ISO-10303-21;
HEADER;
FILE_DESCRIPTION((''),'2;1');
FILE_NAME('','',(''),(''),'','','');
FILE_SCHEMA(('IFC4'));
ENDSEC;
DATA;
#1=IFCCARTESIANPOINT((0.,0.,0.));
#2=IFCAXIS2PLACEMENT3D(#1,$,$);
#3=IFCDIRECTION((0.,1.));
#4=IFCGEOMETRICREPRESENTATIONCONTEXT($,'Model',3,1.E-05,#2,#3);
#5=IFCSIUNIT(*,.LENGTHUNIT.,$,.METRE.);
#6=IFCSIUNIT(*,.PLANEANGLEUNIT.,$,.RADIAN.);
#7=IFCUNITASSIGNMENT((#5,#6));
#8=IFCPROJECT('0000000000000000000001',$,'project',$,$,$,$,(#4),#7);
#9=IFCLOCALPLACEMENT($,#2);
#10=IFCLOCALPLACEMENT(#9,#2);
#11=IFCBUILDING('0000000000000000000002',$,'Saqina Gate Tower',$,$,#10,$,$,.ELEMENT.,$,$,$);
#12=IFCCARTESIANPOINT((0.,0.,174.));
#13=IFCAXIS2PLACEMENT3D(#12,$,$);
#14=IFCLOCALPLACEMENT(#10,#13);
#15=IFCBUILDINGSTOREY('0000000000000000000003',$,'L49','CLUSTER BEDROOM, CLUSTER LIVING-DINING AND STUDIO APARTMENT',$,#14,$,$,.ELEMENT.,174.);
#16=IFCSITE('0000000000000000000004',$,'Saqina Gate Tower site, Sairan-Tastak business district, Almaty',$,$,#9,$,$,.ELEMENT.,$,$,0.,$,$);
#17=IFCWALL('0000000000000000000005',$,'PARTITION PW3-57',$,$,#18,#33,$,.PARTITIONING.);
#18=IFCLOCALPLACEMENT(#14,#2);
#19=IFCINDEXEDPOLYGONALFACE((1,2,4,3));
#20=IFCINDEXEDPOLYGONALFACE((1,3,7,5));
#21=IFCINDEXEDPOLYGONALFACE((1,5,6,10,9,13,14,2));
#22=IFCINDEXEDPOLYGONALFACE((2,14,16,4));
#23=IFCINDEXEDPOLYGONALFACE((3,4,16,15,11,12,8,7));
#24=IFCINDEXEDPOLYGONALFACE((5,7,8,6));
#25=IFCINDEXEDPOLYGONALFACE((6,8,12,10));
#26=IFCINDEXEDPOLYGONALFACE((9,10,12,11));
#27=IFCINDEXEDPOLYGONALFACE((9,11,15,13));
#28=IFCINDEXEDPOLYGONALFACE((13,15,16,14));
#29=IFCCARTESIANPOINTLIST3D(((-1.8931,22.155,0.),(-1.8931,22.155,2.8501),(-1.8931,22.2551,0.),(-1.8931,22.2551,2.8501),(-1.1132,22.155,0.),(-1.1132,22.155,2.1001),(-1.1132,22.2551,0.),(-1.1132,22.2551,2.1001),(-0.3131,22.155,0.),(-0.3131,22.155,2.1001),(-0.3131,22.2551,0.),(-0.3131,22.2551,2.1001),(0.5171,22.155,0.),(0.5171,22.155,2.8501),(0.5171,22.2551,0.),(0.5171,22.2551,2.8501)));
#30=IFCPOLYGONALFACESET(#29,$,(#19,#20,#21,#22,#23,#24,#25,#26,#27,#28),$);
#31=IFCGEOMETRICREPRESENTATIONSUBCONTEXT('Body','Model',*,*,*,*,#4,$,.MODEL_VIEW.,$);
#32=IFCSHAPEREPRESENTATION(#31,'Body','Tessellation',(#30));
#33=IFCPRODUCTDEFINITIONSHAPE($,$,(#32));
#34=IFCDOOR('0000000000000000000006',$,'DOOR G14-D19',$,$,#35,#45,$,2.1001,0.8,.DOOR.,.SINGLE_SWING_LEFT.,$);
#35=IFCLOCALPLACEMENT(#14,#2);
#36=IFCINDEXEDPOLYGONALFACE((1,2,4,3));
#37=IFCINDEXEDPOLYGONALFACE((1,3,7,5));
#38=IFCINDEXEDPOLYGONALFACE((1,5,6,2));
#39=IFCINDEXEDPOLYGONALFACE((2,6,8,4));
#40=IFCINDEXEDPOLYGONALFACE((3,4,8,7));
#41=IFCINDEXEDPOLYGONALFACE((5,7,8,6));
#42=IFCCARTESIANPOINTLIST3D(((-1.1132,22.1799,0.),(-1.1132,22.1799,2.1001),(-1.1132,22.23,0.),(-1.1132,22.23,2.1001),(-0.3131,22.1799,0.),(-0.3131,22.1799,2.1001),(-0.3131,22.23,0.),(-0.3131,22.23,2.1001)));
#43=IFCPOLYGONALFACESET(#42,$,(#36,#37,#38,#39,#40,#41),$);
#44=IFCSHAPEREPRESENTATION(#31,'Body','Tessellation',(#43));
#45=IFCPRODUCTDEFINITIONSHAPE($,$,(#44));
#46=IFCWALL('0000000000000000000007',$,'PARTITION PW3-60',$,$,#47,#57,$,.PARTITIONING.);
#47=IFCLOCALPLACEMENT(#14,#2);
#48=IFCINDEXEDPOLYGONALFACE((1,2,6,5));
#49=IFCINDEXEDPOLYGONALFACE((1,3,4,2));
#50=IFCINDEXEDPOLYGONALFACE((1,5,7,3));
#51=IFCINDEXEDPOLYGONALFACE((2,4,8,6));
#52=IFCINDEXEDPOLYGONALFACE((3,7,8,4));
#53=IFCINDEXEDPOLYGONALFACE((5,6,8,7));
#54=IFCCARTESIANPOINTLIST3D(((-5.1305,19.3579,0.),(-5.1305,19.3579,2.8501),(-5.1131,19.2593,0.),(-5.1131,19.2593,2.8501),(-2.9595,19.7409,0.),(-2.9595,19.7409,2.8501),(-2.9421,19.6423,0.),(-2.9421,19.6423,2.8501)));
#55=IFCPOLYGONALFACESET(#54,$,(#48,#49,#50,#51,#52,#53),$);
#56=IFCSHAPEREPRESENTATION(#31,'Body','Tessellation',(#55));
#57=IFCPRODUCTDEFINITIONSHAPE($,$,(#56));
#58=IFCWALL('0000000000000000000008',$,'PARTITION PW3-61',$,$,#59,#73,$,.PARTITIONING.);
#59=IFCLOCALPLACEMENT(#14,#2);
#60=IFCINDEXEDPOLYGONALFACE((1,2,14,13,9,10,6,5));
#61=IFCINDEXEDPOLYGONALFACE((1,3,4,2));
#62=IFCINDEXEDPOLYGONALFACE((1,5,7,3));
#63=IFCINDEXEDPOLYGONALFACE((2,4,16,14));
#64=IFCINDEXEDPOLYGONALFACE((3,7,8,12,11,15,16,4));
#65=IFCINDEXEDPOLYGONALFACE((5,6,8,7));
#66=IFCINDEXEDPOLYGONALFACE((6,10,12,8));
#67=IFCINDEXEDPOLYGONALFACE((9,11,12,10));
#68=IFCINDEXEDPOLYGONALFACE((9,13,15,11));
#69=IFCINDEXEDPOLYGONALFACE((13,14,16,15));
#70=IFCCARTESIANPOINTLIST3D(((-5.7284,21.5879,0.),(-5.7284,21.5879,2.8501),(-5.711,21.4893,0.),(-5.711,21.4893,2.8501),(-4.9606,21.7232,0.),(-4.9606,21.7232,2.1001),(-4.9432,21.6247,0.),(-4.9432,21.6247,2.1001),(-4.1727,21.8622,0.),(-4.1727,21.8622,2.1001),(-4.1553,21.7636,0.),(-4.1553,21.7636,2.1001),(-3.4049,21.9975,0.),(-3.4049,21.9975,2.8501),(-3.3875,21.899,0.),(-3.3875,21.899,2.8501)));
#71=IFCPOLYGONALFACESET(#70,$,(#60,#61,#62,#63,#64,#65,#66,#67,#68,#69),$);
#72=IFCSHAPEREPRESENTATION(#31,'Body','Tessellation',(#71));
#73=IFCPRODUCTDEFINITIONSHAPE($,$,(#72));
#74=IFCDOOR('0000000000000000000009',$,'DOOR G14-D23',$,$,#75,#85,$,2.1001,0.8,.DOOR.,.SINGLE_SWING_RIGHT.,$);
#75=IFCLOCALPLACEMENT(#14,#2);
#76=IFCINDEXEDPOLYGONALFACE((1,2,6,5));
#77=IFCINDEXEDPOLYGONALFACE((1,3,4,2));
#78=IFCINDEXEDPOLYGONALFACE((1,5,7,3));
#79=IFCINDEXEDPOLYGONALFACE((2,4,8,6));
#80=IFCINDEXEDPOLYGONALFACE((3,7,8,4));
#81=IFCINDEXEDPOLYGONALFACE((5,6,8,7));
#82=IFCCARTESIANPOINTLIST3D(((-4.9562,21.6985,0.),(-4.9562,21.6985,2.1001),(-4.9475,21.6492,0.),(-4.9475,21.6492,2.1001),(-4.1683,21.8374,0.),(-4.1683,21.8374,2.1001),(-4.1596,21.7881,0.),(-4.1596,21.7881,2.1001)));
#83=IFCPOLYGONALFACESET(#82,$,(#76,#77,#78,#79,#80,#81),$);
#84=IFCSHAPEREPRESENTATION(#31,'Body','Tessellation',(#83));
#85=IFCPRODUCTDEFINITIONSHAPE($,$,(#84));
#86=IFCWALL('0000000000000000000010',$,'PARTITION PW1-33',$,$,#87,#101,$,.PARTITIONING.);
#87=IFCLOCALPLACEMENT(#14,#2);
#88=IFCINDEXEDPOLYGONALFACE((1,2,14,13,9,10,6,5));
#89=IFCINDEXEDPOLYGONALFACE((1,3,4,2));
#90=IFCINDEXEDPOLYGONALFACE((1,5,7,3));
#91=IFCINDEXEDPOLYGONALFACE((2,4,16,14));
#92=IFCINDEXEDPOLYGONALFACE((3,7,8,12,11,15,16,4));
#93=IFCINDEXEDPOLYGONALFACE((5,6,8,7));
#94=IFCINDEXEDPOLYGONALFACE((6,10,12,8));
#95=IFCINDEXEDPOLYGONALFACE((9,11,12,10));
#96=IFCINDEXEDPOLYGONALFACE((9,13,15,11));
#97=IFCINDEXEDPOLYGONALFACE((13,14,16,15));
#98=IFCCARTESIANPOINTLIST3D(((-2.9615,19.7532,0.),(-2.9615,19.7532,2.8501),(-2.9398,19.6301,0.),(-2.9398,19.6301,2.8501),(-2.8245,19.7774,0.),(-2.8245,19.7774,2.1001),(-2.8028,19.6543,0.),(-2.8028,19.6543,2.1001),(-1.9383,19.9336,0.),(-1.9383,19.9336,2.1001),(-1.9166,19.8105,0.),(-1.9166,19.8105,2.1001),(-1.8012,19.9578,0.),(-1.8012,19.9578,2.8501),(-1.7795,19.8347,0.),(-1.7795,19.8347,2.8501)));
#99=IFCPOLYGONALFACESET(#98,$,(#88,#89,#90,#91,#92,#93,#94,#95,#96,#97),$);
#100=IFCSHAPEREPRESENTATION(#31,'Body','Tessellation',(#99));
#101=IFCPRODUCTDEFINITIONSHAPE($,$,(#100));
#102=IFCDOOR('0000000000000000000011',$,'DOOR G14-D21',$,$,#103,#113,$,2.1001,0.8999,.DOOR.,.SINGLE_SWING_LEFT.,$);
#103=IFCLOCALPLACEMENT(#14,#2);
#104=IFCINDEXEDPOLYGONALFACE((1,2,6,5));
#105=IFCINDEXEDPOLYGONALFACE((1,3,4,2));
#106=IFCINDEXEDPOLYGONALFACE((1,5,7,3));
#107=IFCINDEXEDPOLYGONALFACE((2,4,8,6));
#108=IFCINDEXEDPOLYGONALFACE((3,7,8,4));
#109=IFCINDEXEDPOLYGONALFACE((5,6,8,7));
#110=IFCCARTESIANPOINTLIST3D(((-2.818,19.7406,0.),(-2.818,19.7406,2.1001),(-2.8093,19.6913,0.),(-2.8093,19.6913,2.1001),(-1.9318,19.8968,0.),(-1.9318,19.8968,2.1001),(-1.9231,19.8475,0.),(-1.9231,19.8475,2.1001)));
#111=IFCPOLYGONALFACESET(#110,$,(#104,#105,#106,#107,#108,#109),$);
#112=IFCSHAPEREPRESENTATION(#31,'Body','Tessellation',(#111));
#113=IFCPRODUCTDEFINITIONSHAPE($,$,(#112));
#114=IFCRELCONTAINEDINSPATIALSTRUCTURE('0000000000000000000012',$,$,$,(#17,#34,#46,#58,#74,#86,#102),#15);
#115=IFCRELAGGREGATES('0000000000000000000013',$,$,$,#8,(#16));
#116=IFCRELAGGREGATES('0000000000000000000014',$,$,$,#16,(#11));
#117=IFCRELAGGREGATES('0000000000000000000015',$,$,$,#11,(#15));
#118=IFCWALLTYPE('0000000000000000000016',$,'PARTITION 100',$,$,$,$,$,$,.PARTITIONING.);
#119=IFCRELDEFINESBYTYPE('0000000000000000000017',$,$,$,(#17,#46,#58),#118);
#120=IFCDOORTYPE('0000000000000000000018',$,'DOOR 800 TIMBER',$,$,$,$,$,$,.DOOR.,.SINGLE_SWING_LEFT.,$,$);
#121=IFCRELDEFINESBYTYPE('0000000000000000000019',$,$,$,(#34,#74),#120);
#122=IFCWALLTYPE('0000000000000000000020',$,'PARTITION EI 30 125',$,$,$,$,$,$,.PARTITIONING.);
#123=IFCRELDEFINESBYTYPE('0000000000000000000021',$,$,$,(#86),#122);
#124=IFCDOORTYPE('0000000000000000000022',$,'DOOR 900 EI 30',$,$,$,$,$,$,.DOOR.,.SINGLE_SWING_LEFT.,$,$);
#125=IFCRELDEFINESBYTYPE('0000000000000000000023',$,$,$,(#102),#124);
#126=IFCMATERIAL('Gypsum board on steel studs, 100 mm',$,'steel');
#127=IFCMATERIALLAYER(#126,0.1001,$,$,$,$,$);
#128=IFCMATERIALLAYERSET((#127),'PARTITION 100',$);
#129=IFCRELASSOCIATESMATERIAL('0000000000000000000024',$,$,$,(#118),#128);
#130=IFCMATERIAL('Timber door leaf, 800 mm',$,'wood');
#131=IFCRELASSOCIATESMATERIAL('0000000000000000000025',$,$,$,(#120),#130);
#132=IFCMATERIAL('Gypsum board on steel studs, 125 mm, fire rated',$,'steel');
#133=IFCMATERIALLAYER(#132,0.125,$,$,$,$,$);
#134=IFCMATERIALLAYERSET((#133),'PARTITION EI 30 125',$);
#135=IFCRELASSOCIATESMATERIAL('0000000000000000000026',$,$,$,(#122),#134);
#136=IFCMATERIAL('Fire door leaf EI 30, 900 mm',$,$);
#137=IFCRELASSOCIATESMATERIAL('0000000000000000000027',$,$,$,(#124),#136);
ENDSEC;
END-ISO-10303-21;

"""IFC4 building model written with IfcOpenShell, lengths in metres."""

from ifc_helpers import new_model, si_unit, direction, frame, frame_2d, origin, place, context, subcontext, project, spatial, rectangle, extrude, material, layer, layer_set, type_object, element, fill, save


model = new_model("IFC4")

# Units and contexts
model_context = context("Model", 3, precision=1e-05, world=origin(), true_north=direction((0.0, 1.0)))
body_context = subcontext(model_context, "Body", "Model", "MODEL_VIEW")
ifc_project = project(units=[si_unit("LENGTHUNIT", "METRE"), si_unit("PLANEANGLEUNIT", "RADIAN")], contexts=[model_context])

# Site, building, storey
site_placement = place(None, origin())
site = spatial("IfcSite", under=ifc_project, at=site_placement, Name="Saqina Gate Tower site, Sairan-Tastak business district, Almaty", CompositionType="ELEMENT", RefElevation=0.0)
building_placement = place(site_placement, origin())
building = spatial("IfcBuilding", under=site, at=building_placement, Name="Saqina Gate Tower", CompositionType="ELEMENT")
storey_placement = place(building_placement, frame((0.0, 0.0, 174.0)))
storey = spatial("IfcBuildingStorey", under=building, at=storey_placement, Name="L49", Description="CLUSTER BEDROOM, CLUSTER LIVING-DINING AND STUDIO APARTMENT", CompositionType="ELEMENT", Elevation=174.0)

# Shared definitions
ifc_material_1 = material(Name="Gypsum board on steel studs, 100 mm", Category="steel")
ifc_layer_1 = layer(ifc_material_1, 0.1001)
ifc_layer_set_1 = layer_set([ifc_layer_1], Name="PARTITION 100")
wall_type_1 = type_object("IfcWallType", Name="PARTITION 100", PredefinedType="PARTITIONING", material=ifc_layer_set_1)

# Shared definitions
ifc_material_2 = material(Name="Timber door leaf, 800 mm", Category="wood")
door_type_1 = type_object("IfcDoorType", Name="DOOR 800 TIMBER", OperationType="SINGLE_SWING_LEFT", PredefinedType="DOOR", material=ifc_material_2)

# Wall, opening, door
wall_1_placement = place(storey_placement, frame((-1.8931, 22.2051, 0.0), z_axis=(0.0, 0.0, 1.0), x_axis=(1.0, 0.0, 0.0)))
wall_1 = element("IfcWall", 1, at=wall_1_placement, inside=storey, type_object=wall_type_1, Name="PARTITION PW3-57", PredefinedType="PARTITIONING", context=body_context, shape_type="SweptSolid", body=[
    extrude(rectangle(XDim=2.4102, YDim=0.1001, at=frame_2d((1.2051, 0.0))), origin(), (0.0, 0.0, 1.0), 2.8501),
])
opening_1_placement = place(wall_1_placement, frame((0.78, 0.0, 0.0)))
opening_1 = element("IfcOpeningElement", 2, at=opening_1_placement, cuts=wall_1, PredefinedType="OPENING", context=body_context, shape_type="SweptSolid", body=[
    extrude(rectangle(XDim=0.8, YDim=2.1001, at=frame_2d((0.3999, 1.05))), frame((0.0, 0.062, 0.0), z_axis=(0.0, -1.0, 0.0), x_axis=(1.0, 0.0, 0.0)), (0.0, 0.0, 1.0), 0.124),
])
door_1_placement = place(opening_1_placement, origin())
door_1 = element("IfcDoor", 3, at=door_1_placement, inside=storey, type_object=door_type_1, Name="DOOR G14-D19", OperationType="SINGLE_SWING_LEFT", OverallHeight=2.1001, OverallWidth=0.8, PredefinedType="DOOR", context=body_context, shape_type="SweptSolid", body=[
    extrude(rectangle(XDim=0.8, YDim=2.1001, at=frame_2d((0.3999, 1.05))), frame((0.0, 0.0249, 0.0), z_axis=(0.0, -1.0, 0.0), x_axis=(1.0, 0.0, 0.0)), (0.0, 0.0, 1.0), 0.05),
])
fill(opening_1, door_1)

# Wall
wall_2_placement = place(storey_placement, frame((-5.1218, 19.3086, 0.0), z_axis=(0.0, 0.0, 1.0), x_axis=(0.98479, 0.173747, 0.0)))
element("IfcWall", 4, at=wall_2_placement, inside=storey, type_object=wall_type_1, Name="PARTITION PW3-60", PredefinedType="PARTITIONING", context=body_context, shape_type="SweptSolid", body=[
    extrude(rectangle(XDim=2.2046, YDim=0.1001, at=frame_2d((1.1023, 0.0))), origin(), (0.0, 0.0, 1.0), 2.8501),
])

# Walls, openings, doors
wall_3_placement = place(storey_placement, frame((-5.7197, 21.5386, 0.0), z_axis=(0.0, 0.0, 1.0), x_axis=(0.98481, 0.173638, 0.0)))
wall_3 = element("IfcWall", 5, at=wall_3_placement, inside=storey, type_object=wall_type_1, Name="PARTITION PW3-61", PredefinedType="PARTITIONING", context=body_context, shape_type="SweptSolid", body=[
    extrude(rectangle(XDim=2.3594, YDim=0.1001, at=frame_2d((1.1797, 0.0))), origin(), (0.0, 0.0, 1.0), 2.8501),
])
opening_2_placement = place(wall_3_placement, frame((0.7798, 0.0, 0.0)))
opening_2 = element("IfcOpeningElement", 6, at=opening_2_placement, cuts=wall_3, PredefinedType="OPENING", context=body_context, shape_type="SweptSolid", body=[
    extrude(rectangle(XDim=0.8, YDim=2.1001, at=frame_2d((0.3999, 1.05))), frame((0.0, 0.062, 0.0), z_axis=(0.0, -1.0, 0.0), x_axis=(1.0, 0.0, 0.0)), (0.0, 0.0, 1.0), 0.124),
])
door_2_placement = place(opening_2_placement, origin())
door_2 = element("IfcDoor", 7, at=door_2_placement, inside=storey, type_object=door_type_1, Name="DOOR G14-D23", OperationType="SINGLE_SWING_RIGHT", OverallHeight=2.1001, OverallWidth=0.8, PredefinedType="DOOR", context=body_context, shape_type="SweptSolid", body=[
    extrude(rectangle(XDim=0.8, YDim=2.1001, at=frame_2d((0.3999, 1.05))), frame((0.0, 0.0249, 0.0), z_axis=(0.0, -1.0, 0.0), x_axis=(1.0, 0.0, 0.0)), (0.0, 0.0, 1.0), 0.05),
])
fill(opening_2, door_2)
ifc_material_3 = material(Name="Gypsum board on steel studs, 125 mm, fire rated", Category="steel")
ifc_layer_2 = layer(ifc_material_3, 0.125)
ifc_layer_set_2 = layer_set([ifc_layer_2], Name="PARTITION EI 30 125")
wall_type_2 = type_object("IfcWallType", Name="PARTITION EI 30 125", PredefinedType="PARTITIONING", material=ifc_layer_set_2)
wall_4_placement = place(storey_placement, frame((-2.9507, 19.6917, 0.0), z_axis=(0.0, 0.0, 1.0), x_axis=(0.984811, 0.173632, 0.0)))
wall_4 = element("IfcWall", 8, at=wall_4_placement, inside=storey, type_object=wall_type_2, Name="PARTITION PW1-33", PredefinedType="PARTITIONING", context=body_context, shape_type="SweptSolid", body=[
    extrude(rectangle(XDim=1.1782, YDim=0.125, at=frame_2d((0.5891, 0.0))), origin(), (0.0, 0.0, 1.0), 2.8501),
])
opening_3_placement = place(wall_4_placement, frame((0.1392, 0.0, 0.0)))
opening_3 = element("IfcOpeningElement", 9, at=opening_3_placement, cuts=wall_4, PredefinedType="OPENING", context=body_context, shape_type="SweptSolid", body=[
    extrude(rectangle(XDim=0.8999, YDim=2.1001, at=frame_2d((0.45, 1.05))), frame((0.0, 0.0745, 0.0), z_axis=(0.0, -1.0, 0.0), x_axis=(1.0, 0.0, 0.0)), (0.0, 0.0, 1.0), 0.1489),
])
ifc_material_4 = material(Name="Fire door leaf EI 30, 900 mm")
door_type_2 = type_object("IfcDoorType", Name="DOOR 900 EI 30", OperationType="SINGLE_SWING_LEFT", PredefinedType="DOOR", material=ifc_material_4)
door_3_placement = place(opening_3_placement, frame((0.8999, 0.0, 0.0), z_axis=(0.0, 0.0, 1.0), x_axis=(-1.0, 0.0, 0.0)))
door_3 = element("IfcDoor", 10, at=door_3_placement, inside=storey, type_object=door_type_2, Name="DOOR G14-D21", OperationType="SINGLE_SWING_LEFT", OverallHeight=2.1001, OverallWidth=0.8999, PredefinedType="DOOR", context=body_context, shape_type="SweptSolid", body=[
    extrude(rectangle(XDim=0.8999, YDim=2.1001, at=frame_2d((0.45, 1.05))), frame((0.0, 0.0249, 0.0), z_axis=(0.0, -1.0, 0.0), x_axis=(1.0, 0.0, 0.0)), (0.0, 0.0, 1.0), 0.05),
])
fill(opening_3, door_3)

save(model, "model.ifc")
